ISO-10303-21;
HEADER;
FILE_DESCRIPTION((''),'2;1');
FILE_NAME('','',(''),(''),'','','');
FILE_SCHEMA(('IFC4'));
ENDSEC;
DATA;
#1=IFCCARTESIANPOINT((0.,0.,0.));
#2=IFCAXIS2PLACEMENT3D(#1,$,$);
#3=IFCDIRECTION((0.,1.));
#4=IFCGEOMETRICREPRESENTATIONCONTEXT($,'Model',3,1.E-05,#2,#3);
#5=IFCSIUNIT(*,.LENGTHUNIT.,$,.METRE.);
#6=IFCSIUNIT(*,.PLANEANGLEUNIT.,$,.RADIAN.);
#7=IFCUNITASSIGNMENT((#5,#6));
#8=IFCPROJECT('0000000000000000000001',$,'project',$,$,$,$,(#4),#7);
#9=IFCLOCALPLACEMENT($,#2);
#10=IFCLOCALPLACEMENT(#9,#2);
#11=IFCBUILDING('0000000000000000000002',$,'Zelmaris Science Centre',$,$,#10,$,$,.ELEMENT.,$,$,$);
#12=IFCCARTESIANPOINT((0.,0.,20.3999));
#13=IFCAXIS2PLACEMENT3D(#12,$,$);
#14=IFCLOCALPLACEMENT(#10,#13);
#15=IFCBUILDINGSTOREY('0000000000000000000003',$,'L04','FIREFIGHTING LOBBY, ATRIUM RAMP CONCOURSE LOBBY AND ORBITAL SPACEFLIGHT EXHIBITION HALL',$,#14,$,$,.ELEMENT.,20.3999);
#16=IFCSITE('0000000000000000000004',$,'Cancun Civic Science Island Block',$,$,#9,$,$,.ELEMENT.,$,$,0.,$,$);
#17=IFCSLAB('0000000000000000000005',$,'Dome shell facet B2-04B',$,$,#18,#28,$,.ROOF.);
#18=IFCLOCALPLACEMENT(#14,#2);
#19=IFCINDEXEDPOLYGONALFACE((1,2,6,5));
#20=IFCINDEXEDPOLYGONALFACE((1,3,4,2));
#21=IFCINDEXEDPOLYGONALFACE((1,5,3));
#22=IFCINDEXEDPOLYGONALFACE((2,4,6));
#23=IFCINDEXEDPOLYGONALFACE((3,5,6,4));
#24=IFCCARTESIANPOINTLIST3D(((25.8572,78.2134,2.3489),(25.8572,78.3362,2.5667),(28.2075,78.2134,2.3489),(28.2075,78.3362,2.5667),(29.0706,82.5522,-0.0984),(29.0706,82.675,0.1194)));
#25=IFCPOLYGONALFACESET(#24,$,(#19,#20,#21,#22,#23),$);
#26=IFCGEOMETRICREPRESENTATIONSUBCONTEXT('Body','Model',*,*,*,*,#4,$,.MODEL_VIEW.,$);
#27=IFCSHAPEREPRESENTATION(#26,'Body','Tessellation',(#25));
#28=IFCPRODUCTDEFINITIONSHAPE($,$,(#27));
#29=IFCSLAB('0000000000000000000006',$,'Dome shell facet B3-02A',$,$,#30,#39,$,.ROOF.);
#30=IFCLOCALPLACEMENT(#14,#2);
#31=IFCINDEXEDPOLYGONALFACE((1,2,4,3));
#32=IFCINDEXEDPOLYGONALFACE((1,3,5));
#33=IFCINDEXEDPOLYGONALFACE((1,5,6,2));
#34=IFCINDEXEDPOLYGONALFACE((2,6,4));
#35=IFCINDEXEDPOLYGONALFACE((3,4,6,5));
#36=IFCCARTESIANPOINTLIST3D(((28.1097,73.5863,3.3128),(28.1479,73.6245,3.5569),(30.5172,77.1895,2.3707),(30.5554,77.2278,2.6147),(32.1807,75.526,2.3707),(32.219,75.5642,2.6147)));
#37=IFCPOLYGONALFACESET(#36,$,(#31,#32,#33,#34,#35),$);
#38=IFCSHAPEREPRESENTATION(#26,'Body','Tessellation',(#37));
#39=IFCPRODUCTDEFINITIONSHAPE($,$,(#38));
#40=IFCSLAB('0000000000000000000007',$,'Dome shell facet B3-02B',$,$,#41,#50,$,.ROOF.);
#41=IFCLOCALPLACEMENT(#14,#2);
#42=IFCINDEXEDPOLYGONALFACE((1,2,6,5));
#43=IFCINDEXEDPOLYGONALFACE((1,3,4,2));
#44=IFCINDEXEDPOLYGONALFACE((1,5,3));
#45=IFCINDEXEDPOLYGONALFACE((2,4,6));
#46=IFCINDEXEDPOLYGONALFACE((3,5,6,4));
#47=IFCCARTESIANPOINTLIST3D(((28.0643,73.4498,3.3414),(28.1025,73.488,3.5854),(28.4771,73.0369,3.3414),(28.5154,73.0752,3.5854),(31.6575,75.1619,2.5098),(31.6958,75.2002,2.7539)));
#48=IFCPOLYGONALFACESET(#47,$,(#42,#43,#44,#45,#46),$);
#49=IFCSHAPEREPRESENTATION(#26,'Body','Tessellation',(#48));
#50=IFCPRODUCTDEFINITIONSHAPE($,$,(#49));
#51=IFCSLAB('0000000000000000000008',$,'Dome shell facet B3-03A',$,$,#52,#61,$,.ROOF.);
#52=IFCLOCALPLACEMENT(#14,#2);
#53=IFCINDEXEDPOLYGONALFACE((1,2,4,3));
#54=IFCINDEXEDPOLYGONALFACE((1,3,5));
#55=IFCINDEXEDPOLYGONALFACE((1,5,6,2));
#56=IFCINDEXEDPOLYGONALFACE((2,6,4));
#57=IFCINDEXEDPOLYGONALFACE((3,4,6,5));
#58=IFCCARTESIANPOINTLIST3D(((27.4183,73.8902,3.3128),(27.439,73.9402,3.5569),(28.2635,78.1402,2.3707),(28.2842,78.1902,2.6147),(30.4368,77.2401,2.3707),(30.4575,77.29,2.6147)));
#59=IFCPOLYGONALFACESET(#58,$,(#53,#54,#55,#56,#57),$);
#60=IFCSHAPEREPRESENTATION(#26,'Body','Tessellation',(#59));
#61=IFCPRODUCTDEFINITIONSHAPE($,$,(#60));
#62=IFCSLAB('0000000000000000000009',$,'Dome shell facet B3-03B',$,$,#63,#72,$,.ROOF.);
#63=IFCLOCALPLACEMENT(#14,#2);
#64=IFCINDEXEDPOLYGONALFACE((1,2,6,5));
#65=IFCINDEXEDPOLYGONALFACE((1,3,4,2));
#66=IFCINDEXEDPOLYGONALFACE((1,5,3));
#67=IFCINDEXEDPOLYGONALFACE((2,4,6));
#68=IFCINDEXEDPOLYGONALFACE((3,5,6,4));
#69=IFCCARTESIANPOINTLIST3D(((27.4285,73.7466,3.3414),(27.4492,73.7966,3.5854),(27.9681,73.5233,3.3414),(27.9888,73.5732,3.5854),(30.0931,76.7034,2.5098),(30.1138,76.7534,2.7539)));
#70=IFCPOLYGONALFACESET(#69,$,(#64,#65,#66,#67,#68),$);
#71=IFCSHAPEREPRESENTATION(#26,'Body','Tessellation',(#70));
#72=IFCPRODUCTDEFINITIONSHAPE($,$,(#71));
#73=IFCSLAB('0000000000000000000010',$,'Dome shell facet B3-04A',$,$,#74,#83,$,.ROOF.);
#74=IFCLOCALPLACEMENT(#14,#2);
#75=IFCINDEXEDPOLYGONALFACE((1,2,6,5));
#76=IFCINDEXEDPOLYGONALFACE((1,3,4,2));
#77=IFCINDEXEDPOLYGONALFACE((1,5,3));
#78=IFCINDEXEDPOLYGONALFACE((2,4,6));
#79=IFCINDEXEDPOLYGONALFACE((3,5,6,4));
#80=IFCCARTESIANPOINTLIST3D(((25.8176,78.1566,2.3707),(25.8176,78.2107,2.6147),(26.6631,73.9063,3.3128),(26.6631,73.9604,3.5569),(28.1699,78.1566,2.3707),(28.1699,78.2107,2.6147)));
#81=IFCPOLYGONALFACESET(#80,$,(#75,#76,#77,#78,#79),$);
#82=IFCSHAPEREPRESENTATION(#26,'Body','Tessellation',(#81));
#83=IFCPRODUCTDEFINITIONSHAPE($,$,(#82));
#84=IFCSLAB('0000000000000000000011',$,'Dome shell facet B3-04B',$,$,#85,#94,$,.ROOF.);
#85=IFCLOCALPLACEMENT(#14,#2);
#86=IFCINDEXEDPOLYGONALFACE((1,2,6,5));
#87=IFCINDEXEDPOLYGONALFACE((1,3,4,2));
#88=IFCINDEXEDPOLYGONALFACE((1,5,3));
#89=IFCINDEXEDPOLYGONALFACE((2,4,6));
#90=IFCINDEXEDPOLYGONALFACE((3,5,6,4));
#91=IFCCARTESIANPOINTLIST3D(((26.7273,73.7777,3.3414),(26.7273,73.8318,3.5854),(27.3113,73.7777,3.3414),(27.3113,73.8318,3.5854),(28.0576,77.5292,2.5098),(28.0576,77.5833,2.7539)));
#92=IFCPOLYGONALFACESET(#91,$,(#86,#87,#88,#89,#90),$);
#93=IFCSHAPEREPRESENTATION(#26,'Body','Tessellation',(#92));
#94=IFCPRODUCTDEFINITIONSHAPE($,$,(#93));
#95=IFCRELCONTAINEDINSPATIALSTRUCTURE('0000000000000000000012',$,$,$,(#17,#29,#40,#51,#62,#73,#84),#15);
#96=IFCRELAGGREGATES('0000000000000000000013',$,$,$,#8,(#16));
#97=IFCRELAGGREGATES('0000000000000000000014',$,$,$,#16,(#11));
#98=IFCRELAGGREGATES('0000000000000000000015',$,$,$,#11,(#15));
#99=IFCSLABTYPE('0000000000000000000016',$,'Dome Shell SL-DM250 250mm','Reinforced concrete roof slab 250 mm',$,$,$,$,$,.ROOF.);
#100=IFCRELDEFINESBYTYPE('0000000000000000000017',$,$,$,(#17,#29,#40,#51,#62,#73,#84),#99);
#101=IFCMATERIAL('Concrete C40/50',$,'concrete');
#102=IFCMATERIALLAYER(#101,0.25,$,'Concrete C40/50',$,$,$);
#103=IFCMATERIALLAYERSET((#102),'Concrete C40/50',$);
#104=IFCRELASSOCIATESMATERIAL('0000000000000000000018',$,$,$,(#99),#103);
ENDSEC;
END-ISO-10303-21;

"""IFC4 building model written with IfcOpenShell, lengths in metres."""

from ifc_helpers import new_model, si_unit, direction, frame, origin, place, context, subcontext, project, spatial, polyline, outline, extrude, material, layer, layer_set, type_object, element, save


model = new_model("IFC4")

# Units and contexts
model_context = context("Model", 3, precision=1e-05, world=origin(), true_north=direction((0.0, 1.0)))
body_context = subcontext(model_context, "Body", "Model", "MODEL_VIEW")
ifc_project = project(units=[si_unit("LENGTHUNIT", "METRE"), si_unit("PLANEANGLEUNIT", "RADIAN")], contexts=[model_context])

# Site, building, storey
site_placement = place(None, origin())
site = spatial("IfcSite", under=ifc_project, at=site_placement, Name="Cancun Civic Science Island Block", CompositionType="ELEMENT", RefElevation=0.0)
building_placement = place(site_placement, origin())
building = spatial("IfcBuilding", under=site, at=building_placement, Name="Zelmaris Science Centre", CompositionType="ELEMENT")
storey_placement = place(building_placement, frame((0.0, 0.0, 20.3999)))
storey = spatial("IfcBuildingStorey", under=building, at=storey_placement, Name="L04", Description="FIREFIGHTING LOBBY, ATRIUM RAMP CONCOURSE LOBBY AND ORBITAL SPACEFLIGHT EXHIBITION HALL", CompositionType="ELEMENT", Elevation=20.3999)

# Shared definitions
ifc_material = material(Name="Concrete C40/50", Category="concrete")

# Slabs
ifc_layer = layer(ifc_material, 0.25, Name="Concrete C40/50")
ifc_layer_set = layer_set([ifc_layer], Name="Concrete C40/50")
slab_type = type_object("IfcSlabType", Name="Dome Shell SL-DM250 250mm", Description="Reinforced concrete roof slab 250 mm", PredefinedType="ROOF", material=ifc_layer_set)
slab_1_placement = place(storey_placement, frame((29.0706, 82.675, 0.1194), z_axis=(0.0, 0.491275, 0.871004), x_axis=(-0.542072, -0.731933, 0.412835)))
element("IfcSlab", 1, at=slab_1_placement, inside=storey, type_object=slab_type, Name="Dome shell facet B2-04B", PredefinedType="ROOF", context=body_context, shape_type="SweptSolid", body=[
    extrude(outline(polyline([(0.0, 0.0), (5.928, 0.0), (4.6539, 1.9751), (0.0, 0.0)])), origin(), (0.0, 0.0, -1.0), 0.25),
])
slab_2_placement = place(storey_placement, frame((32.219, 75.5642, 2.6147), z_axis=(0.153028, 0.153028, 0.976302), x_axis=(-0.707107, 0.707107, 0.0)))
element("IfcSlab", 2, at=slab_2_placement, inside=storey, type_object=slab_type, Name="Dome shell facet B3-02A", PredefinedType="ROOF", context=body_context, shape_type="SweptSolid", body=[
    extrude(outline(polyline([(0.0, 0.0), (2.3526, 0.0), (1.5071, 4.3534), (0.0, 0.0)])), origin(), (0.0, 0.0, -1.0), 0.25),
])
slab_3_placement = place(storey_placement, frame((31.6958, 75.2002, 2.7539), z_axis=(0.153021, 0.153021, 0.976304), x_axis=(-0.883677, -0.421065, 0.204498)))
element("IfcSlab", 3, at=slab_3_placement, inside=storey, type_object=slab_type, Name="Dome shell facet B3-02B", PredefinedType="ROOF", context=body_context, shape_type="SweptSolid", body=[
    extrude(outline(polyline([(0.0, 0.0), (4.0663, 0.0), (3.8753, 0.5517), (0.0, 0.0)])), origin(), (0.0, 0.0, -1.0), 0.25),
])
slab_4_placement = place(storey_placement, frame((30.4575, 77.29, 2.6147), z_axis=(0.082817, 0.199955, 0.976299), x_axis=(-0.923892, 0.382654, 0.0)))
element("IfcSlab", 4, at=slab_4_placement, inside=storey, type_object=slab_type, Name="Dome shell facet B3-03A", PredefinedType="ROOF", context=body_context, shape_type="SweptSolid", body=[
    extrude(outline(polyline([(0.0, 0.0), (2.3524, 0.0), (1.507, 4.3531), (0.0, 0.0)])), origin(), (0.0, 0.0, -1.0), 0.25),
])
slab_5_placement = place(storey_placement, frame((30.1138, 76.7534, 2.7539), z_axis=(0.082789, 0.19996, 0.9763), x_axis=(-0.655295, -0.727164, 0.204502)))
element("IfcSlab", 5, at=slab_5_placement, inside=storey, type_object=slab_type, Name="Dome shell facet B3-03B", PredefinedType="ROOF", context=body_context, shape_type="SweptSolid", body=[
    extrude(outline(polyline([(0.0, 0.0), (4.0662, 0.0), (3.8751, 0.5518), (0.0, 0.0)])), origin(), (0.0, 0.0, -1.0), 0.25),
])
slab_6_placement = place(storey_placement, frame((28.1699, 78.2107, 2.6147), z_axis=(0.0, 0.216414, 0.976302), x_axis=(-1.0, 0.0, 0.0)))
element("IfcSlab", 6, at=slab_6_placement, inside=storey, type_object=slab_type, Name="Dome shell facet B3-04A", PredefinedType="ROOF", context=body_context, shape_type="SweptSolid", body=[
    extrude(outline(polyline([(0.0, 0.0), (2.3523, 0.0), (1.5068, 4.3534), (0.0, 0.0)])), origin(), (0.0, 0.0, -1.0), 0.25),
])
slab_7_placement = place(storey_placement, frame((28.0576, 77.5833, 2.7539), z_axis=(0.0, 0.216406, 0.976304), x_axis=(-0.327159, -0.922577, 0.204497)))
element("IfcSlab", 7, at=slab_7_placement, inside=storey, type_object=slab_type, Name="Dome shell facet B3-04B", PredefinedType="ROOF", context=body_context, shape_type="SweptSolid", body=[
    extrude(outline(polyline([(0.0, 0.0), (4.0663, 0.0), (3.8752, 0.5518), (0.0, 0.0)])), origin(), (0.0, 0.0, -1.0), 0.25),
])

save(model, "model.ifc")
